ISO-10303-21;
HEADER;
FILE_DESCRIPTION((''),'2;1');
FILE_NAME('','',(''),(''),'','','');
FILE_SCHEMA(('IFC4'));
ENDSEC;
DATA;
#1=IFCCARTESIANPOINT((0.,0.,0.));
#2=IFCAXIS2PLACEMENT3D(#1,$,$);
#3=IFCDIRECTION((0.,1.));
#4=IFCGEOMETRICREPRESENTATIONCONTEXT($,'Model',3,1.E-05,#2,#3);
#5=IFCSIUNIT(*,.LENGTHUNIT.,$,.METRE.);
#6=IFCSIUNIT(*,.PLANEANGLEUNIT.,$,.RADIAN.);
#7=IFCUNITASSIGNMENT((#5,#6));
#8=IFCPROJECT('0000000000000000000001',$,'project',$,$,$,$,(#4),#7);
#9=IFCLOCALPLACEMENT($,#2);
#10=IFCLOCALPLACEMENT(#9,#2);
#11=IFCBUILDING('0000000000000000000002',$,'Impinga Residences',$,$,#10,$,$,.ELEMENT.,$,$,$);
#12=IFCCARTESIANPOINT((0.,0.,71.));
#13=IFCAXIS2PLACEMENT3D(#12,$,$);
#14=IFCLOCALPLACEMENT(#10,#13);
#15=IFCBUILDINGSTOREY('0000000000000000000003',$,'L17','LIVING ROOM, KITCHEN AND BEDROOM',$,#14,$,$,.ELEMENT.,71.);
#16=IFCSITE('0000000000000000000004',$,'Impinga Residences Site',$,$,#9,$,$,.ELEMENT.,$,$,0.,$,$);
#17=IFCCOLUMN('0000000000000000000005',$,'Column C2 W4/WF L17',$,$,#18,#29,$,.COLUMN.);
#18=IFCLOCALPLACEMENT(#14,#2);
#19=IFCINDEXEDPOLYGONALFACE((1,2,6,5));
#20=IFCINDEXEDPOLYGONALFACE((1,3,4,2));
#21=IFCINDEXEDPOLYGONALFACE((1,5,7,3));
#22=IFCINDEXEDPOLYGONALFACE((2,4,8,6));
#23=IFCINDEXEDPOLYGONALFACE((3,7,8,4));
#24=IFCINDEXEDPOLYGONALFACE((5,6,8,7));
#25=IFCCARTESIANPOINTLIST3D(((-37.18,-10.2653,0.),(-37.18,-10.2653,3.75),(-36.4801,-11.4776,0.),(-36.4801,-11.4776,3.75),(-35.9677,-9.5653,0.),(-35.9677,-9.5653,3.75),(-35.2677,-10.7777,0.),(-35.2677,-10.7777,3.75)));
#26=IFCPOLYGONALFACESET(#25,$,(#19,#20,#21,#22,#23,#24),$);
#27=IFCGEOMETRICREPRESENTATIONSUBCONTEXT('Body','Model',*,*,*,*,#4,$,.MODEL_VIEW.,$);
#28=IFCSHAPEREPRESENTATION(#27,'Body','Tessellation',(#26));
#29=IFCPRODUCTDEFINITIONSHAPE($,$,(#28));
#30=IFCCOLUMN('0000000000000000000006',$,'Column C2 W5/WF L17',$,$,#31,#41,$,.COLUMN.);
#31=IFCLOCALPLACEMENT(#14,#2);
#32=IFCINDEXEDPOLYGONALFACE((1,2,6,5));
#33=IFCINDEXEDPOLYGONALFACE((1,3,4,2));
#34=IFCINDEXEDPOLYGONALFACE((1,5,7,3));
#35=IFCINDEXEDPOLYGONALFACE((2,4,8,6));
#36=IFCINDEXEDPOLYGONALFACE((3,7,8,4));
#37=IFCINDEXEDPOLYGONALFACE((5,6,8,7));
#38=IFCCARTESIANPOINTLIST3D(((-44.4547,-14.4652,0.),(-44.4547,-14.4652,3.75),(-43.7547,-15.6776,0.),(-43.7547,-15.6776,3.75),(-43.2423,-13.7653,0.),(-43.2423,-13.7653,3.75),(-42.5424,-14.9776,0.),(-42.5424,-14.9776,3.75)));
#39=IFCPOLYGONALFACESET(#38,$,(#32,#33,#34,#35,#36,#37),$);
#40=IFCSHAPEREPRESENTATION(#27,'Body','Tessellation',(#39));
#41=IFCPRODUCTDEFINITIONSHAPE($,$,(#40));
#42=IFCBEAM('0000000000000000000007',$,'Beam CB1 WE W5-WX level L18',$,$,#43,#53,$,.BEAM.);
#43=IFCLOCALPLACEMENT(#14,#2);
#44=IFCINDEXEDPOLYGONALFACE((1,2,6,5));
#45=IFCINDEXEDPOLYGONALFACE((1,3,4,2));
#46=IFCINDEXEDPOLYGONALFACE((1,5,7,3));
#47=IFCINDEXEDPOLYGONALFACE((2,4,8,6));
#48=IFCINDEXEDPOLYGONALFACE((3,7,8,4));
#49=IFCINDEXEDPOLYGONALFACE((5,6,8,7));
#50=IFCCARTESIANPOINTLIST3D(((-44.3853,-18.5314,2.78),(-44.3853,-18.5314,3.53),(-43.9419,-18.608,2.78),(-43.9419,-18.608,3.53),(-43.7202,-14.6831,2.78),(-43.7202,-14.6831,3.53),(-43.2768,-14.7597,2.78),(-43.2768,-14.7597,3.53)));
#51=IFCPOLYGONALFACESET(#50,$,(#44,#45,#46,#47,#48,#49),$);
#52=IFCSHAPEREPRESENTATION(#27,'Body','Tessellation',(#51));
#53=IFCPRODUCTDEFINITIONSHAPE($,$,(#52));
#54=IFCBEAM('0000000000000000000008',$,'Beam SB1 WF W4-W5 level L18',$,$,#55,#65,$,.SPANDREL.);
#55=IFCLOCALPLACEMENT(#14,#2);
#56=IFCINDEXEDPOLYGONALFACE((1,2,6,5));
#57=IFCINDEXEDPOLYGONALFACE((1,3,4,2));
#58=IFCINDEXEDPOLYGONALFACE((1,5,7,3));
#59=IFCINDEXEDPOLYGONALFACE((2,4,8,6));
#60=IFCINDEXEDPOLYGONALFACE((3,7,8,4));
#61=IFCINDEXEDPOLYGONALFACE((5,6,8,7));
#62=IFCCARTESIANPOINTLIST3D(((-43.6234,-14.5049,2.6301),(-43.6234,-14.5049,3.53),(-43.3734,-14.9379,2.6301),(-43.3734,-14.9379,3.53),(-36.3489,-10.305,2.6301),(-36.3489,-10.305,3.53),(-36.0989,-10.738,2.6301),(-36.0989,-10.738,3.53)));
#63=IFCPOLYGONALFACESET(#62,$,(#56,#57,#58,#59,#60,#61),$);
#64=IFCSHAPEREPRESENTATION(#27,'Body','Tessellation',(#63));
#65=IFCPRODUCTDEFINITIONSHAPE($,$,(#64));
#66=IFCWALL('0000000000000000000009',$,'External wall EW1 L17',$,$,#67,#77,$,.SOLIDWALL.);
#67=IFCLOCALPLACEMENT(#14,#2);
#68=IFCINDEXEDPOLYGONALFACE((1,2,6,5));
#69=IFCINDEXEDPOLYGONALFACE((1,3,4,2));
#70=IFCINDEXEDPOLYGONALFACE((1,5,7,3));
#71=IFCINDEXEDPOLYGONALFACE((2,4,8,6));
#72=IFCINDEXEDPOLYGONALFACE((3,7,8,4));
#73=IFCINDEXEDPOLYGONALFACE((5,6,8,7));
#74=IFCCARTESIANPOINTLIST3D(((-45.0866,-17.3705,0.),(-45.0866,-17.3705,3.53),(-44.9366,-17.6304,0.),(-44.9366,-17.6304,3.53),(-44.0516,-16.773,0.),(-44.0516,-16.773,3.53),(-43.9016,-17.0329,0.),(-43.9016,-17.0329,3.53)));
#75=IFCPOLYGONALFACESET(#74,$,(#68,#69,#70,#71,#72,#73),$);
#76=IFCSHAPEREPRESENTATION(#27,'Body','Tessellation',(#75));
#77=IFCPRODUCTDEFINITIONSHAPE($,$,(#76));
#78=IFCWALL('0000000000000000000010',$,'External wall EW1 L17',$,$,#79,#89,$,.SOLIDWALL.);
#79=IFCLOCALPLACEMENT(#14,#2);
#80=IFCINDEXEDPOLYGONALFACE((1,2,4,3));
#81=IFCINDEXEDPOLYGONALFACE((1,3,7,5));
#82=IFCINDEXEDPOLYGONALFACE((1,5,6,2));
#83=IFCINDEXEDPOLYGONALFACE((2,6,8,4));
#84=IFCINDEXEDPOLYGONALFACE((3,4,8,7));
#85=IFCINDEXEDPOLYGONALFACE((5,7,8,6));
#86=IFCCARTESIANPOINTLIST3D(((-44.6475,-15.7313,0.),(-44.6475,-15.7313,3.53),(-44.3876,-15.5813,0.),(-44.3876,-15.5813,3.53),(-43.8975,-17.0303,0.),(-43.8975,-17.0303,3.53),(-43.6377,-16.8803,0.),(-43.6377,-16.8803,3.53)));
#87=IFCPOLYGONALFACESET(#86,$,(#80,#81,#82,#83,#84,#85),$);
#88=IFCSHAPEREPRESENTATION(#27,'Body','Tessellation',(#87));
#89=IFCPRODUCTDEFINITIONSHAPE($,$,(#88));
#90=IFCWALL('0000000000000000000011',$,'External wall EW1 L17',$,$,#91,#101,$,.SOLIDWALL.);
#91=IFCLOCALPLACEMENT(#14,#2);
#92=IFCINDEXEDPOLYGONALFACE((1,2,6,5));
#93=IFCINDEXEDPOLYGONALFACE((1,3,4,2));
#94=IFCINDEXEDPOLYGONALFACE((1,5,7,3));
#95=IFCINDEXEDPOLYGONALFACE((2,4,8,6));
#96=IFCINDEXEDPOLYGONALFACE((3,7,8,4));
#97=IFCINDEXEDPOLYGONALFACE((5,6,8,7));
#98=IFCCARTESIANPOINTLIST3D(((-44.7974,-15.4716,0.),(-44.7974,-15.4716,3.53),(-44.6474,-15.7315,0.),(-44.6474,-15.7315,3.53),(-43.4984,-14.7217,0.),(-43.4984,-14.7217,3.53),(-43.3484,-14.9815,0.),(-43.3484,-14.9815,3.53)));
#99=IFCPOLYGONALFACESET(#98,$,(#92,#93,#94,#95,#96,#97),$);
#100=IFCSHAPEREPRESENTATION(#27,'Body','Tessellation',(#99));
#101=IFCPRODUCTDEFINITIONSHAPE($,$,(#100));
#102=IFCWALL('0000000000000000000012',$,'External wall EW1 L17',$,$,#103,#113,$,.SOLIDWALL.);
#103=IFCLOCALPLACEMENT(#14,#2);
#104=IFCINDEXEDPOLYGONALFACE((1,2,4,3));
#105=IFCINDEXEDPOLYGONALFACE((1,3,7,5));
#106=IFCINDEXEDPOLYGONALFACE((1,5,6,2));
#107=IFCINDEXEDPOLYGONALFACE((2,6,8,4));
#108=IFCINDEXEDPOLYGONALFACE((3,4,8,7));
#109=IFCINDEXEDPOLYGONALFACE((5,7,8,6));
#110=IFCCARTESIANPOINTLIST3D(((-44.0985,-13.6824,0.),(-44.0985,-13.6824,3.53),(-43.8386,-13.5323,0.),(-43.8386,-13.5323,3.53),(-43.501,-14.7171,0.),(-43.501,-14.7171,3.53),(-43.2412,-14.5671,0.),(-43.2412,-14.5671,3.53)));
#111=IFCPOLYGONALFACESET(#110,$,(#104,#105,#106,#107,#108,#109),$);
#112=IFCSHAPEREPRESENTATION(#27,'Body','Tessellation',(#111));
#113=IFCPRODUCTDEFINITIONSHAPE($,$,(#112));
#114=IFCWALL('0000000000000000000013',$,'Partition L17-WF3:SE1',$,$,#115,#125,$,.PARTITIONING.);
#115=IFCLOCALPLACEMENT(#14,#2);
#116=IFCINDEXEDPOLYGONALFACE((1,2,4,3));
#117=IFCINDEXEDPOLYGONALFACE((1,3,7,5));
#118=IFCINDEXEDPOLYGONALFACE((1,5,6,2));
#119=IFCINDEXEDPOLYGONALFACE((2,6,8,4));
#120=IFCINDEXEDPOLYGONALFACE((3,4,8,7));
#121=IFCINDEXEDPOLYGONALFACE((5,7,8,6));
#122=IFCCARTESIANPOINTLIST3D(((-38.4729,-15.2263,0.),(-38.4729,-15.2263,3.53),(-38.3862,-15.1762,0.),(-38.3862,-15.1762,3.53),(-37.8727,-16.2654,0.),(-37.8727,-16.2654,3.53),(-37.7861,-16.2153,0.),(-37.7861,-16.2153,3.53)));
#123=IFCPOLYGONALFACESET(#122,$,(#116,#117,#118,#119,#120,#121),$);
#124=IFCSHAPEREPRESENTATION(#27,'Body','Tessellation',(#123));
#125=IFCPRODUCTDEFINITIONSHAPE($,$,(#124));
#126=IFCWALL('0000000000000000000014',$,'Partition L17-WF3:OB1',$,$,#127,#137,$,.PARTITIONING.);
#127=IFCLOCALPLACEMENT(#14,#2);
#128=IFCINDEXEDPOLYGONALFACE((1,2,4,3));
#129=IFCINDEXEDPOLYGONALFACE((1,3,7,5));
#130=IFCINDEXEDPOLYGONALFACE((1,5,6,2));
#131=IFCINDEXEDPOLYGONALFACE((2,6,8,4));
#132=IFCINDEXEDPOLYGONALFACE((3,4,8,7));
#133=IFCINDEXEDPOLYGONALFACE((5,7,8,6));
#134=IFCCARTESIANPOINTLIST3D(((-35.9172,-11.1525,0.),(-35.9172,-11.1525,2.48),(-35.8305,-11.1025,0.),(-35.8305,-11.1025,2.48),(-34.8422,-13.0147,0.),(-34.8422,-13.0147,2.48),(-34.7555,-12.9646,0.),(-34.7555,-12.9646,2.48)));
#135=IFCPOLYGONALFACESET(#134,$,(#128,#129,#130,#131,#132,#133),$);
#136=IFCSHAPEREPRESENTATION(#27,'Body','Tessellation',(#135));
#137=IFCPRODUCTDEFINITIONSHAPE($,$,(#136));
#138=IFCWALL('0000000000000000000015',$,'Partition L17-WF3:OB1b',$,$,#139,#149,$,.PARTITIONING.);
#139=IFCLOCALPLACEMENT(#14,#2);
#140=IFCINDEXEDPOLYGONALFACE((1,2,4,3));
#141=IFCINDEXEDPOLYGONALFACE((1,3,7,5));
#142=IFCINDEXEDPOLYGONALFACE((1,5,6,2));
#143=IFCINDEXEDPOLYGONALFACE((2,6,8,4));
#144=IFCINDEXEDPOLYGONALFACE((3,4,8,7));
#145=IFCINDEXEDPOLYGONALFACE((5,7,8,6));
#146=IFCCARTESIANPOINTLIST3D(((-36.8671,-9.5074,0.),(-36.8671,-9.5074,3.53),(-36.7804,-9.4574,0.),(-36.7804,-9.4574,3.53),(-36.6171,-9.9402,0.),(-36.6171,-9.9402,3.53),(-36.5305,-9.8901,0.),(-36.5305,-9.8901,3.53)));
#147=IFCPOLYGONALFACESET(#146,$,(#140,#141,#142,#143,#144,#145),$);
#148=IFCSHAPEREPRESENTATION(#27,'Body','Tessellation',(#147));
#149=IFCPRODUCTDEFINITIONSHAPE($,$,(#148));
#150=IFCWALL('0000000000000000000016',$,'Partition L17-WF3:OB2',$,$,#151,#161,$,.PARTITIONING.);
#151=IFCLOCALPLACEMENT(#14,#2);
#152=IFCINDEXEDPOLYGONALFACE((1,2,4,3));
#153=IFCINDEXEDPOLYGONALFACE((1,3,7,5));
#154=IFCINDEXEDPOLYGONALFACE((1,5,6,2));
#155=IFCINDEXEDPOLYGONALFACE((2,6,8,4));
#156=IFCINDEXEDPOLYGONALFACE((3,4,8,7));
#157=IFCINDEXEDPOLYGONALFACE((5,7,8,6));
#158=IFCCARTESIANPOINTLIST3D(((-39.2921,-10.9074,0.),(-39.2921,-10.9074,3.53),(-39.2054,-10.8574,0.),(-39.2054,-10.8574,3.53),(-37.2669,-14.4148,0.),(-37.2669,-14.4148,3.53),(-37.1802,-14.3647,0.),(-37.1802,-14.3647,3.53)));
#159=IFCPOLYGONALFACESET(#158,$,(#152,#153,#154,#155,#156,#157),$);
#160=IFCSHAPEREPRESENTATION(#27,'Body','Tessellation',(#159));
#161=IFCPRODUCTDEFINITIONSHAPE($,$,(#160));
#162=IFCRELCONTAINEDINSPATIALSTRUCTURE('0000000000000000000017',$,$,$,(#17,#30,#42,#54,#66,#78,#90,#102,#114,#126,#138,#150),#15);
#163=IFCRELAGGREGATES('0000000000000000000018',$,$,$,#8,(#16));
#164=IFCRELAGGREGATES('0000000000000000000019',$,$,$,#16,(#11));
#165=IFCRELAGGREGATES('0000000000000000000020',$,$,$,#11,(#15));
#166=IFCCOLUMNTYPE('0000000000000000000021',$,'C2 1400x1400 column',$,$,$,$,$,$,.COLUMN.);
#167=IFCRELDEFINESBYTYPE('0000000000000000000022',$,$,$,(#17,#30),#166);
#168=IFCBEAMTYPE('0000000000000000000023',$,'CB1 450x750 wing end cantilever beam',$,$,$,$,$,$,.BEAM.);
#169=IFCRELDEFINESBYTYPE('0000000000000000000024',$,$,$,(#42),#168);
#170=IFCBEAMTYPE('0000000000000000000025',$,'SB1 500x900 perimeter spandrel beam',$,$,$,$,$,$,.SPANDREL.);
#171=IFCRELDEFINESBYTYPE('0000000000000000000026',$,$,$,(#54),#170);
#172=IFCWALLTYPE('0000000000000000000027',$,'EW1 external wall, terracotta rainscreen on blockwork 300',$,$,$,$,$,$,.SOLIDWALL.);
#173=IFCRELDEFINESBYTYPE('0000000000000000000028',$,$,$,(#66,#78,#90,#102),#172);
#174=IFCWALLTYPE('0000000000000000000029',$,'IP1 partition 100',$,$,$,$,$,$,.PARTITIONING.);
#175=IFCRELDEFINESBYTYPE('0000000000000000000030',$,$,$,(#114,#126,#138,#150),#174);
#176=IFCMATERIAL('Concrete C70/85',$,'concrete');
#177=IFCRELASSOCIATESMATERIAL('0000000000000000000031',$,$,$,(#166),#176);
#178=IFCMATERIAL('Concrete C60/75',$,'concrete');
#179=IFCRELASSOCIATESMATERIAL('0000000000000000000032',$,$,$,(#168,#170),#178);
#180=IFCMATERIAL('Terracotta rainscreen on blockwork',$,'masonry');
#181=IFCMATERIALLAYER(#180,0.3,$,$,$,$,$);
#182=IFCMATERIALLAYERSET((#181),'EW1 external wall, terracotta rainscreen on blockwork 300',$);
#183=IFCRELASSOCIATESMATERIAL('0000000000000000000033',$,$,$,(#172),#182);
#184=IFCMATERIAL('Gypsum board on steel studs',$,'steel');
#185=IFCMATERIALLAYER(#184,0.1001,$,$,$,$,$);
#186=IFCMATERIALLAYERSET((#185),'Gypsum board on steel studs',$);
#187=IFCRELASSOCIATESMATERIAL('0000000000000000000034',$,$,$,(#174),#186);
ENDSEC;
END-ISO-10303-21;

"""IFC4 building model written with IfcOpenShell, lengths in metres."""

from ifc_helpers import new_model, si_unit, direction, frame, frame_2d, origin, origin_2d, place, context, subcontext, project, spatial, rectangle, extrude, material, layer, layer_set, material_profile, profile_set, type_object, element, save


model = new_model("IFC4")

# Units and contexts
model_context = context("Model", 3, precision=1e-05, world=origin(), true_north=direction((0.0, 1.0)))
body_context = subcontext(model_context, "Body", "Model", "MODEL_VIEW")
ifc_project = project(units=[si_unit("LENGTHUNIT", "METRE"), si_unit("PLANEANGLEUNIT", "RADIAN")], contexts=[model_context])

# Site, building, storey
site_placement = place(None, origin())
site = spatial("IfcSite", under=ifc_project, at=site_placement, Name="Impinga Residences Site", CompositionType="ELEMENT", RefElevation=0.0)
building_placement = place(site_placement, origin())
building = spatial("IfcBuilding", under=site, at=building_placement, Name="Impinga Residences", CompositionType="ELEMENT")
storey_placement = place(building_placement, frame((0.0, 0.0, 71.0)))
storey = spatial("IfcBuildingStorey", under=building, at=storey_placement, Name="L17", Description="LIVING ROOM, KITCHEN AND BEDROOM", CompositionType="ELEMENT", Elevation=71.0)

# Columns
ifc_material_1 = material(Name="Concrete C70/85", Category="concrete")
ifc_material_profile_1 = material_profile(ifc_material_1, rectangle(XDim=1.3999, YDim=1.3999, at=origin_2d()), Name="RC 1400x1400")
ifc_profile_set_1 = profile_set([ifc_material_profile_1], Name="Concrete C70/85")
column_type = type_object("IfcColumnType", Name="C2 1400x1400 column", PredefinedType="COLUMN", material=ifc_profile_set_1)
for number, where, z_axis, x_axis, name in (
    (1, (-36.2239, -10.5215, 0.0), (0.0, 0.0, 1.0), (-0.5, 0.866025, 0.0), "Column C2 W4/WF L17"),
    (2, (-43.4985, -14.7214, 0.0), (0.0, 0.0, 1.0), (-0.5, 0.866025, 0.0), "Column C2 W5/WF L17"),
):
    element("IfcColumn", number, at=place(storey_placement, frame(where, z_axis=z_axis, x_axis=x_axis)), inside=storey, type_object=column_type, Name=name, PredefinedType="COLUMN", context=body_context, shape_type="SweptSolid", body=[
        extrude(rectangle(XDim=1.3999, YDim=1.3999, at=origin_2d()), origin(), (0.0, 0.0, 1.0), 3.75),
    ])

# Beams
ifc_material_2 = material(Name="Concrete C60/75", Category="concrete")
ifc_material_profile_2 = material_profile(ifc_material_2, rectangle(XDim=0.45, YDim=0.75, at=origin_2d()), Name="RC 450x750")
ifc_profile_set_2 = profile_set([ifc_material_profile_2], Name="Concrete C60/75")
beam_type_1 = type_object("IfcBeamType", Name="CB1 450x750 wing end cantilever beam", PredefinedType="BEAM", material=ifc_profile_set_2)
beam_1_placement = place(storey_placement, frame((-43.4985, -14.7214, 3.155), z_axis=(-0.170296, -0.985393, 0.0), x_axis=(0.985393, -0.170296, 0.0)))
element("IfcBeam", 3, at=beam_1_placement, inside=storey, type_object=beam_type_1, Name="Beam CB1 WE W5-WX level L18", PredefinedType="BEAM", context=body_context, shape_type="SweptSolid", body=[
    extrude(rectangle(XDim=0.45, YDim=0.75, at=origin_2d()), origin(), (0.0, 0.0, 1.0), 3.9053),
])
ifc_material_profile_3 = material_profile(ifc_material_2, rectangle(XDim=0.5, YDim=0.8999, at=origin_2d()), Name="RC 500x900")
ifc_profile_set_3 = profile_set([ifc_material_profile_3], Name="Concrete C60/75")
beam_type_2 = type_object("IfcBeamType", Name="SB1 500x900 perimeter spandrel beam", PredefinedType="SPANDREL", material=ifc_profile_set_3)
beam_2_placement = place(storey_placement, frame((-36.2239, -10.5215, 3.0801), z_axis=(-0.866029, -0.499993, 0.0), x_axis=(0.499993, -0.866029, 0.0)))
element("IfcBeam", 4, at=beam_2_placement, inside=storey, type_object=beam_type_2, Name="Beam SB1 WF W4-W5 level L18", PredefinedType="SPANDREL", context=body_context, shape_type="SweptSolid", body=[
    extrude(rectangle(XDim=0.5, YDim=0.8999, at=origin_2d()), origin(), (0.0, 0.0, 1.0), 8.3999),
])

# Walls
ifc_material_3 = material(Name="Terracotta rainscreen on blockwork", Category="masonry")
ifc_layer_1 = layer(ifc_material_3, 0.3)
ifc_layer_set_1 = layer_set([ifc_layer_1], Name="EW1 external wall, terracotta rainscreen on blockwork 300")
wall_type_1 = type_object("IfcWallType", Name="EW1 external wall, terracotta rainscreen on blockwork 300", PredefinedType="SOLIDWALL", material=ifc_layer_set_1)
wall_1_placement = place(storey_placement, frame((-45.0117, -17.5005, 0.0), z_axis=(0.0, 0.0, 1.0), x_axis=(0.86606, 0.499941, 0.0)))
element("IfcWall", 5, at=wall_1_placement, inside=storey, type_object=wall_type_1, Name="External wall EW1 L17", PredefinedType="SOLIDWALL", context=body_context, shape_type="SweptSolid", body=[
    extrude(rectangle(XDim=1.1951, YDim=0.3, at=frame_2d((0.5977, 0.0))), origin(), (0.0, 0.0, 1.0), 3.53),
])
for number, where, z_axis, x_axis, name in (
    (6, (-43.7676, -16.9553, 0.0), (0.0, 0.0, 1.0), (-0.49999, 0.866031, 0.0), "External wall EW1 L17"),
    (7, (-44.7224, -15.6016, 0.0), (0.0, 0.0, 1.0), (0.866031, 0.49999, 0.0), "External wall EW1 L17"),
):
    element("IfcWall", number, at=place(storey_placement, frame(where, z_axis=z_axis, x_axis=x_axis)), inside=storey, type_object=wall_type_1, Name=name, PredefinedType="SOLIDWALL", context=body_context, shape_type="SweptSolid", body=[
        extrude(rectangle(XDim=1.5, YDim=0.3, at=frame_2d((0.75, 0.0))), origin(), (0.0, 0.0, 1.0), 3.53),
    ])
wall_2_placement = place(storey_placement, frame((-43.3711, -14.6421, 0.0), z_axis=(0.0, 0.0, 1.0), x_axis=(-0.500029, 0.866009, 0.0)))
element("IfcWall", 8, at=wall_2_placement, inside=storey, type_object=wall_type_1, Name="External wall EW1 L17", PredefinedType="SOLIDWALL", context=body_context, shape_type="SweptSolid", body=[
    extrude(rectangle(XDim=1.1948, YDim=0.3, at=frame_2d((0.5974, 0.0))), origin(), (0.0, 0.0, 1.0), 3.53),
])

# Walls
ifc_material_4 = material(Name="Gypsum board on steel studs", Category="steel")
ifc_layer_2 = layer(ifc_material_4, 0.1001)
ifc_layer_set_2 = layer_set([ifc_layer_2], Name="Gypsum board on steel studs")
wall_type_2 = type_object("IfcWallType", Name="IP1 partition 100", PredefinedType="PARTITIONING", material=ifc_layer_set_2)
wall_3_placement = place(storey_placement, frame((-37.8293, -16.2405, 0.0), z_axis=(0.0, 0.0, 1.0), x_axis=(-0.500122, 0.865955, 0.0)))
element("IfcWall", 9, at=wall_3_placement, inside=storey, type_object=wall_type_2, Name="Partition L17-WF3:SE1", PredefinedType="PARTITIONING", context=body_context, shape_type="SweptSolid", body=[
    extrude(rectangle(XDim=1.2, YDim=0.1001, at=frame_2d((0.6001, 0.0))), origin(), (0.0, 0.0, 1.0), 3.53),
])
wall_4_placement = place(storey_placement, frame((-34.7988, -12.9897, 0.0), z_axis=(0.0, 0.0, 1.0), x_axis=(-0.499962, 0.866048, 0.0)))
element("IfcWall", 10, at=wall_4_placement, inside=storey, type_object=wall_type_2, Name="Partition L17-WF3:OB1", PredefinedType="PARTITIONING", context=body_context, shape_type="SweptSolid", body=[
    extrude(rectangle(XDim=2.1501, YDim=0.1001, at=frame_2d((1.0752, 0.0))), origin(), (0.0, 0.0, 1.0), 2.48),
])
wall_5_placement = place(storey_placement, frame((-36.5737, -9.9153, 0.0), z_axis=(0.0, 0.0, 1.0), x_axis=(-0.500131, 0.86595, 0.0)))
element("IfcWall", 11, at=wall_5_placement, inside=storey, type_object=wall_type_2, Name="Partition L17-WF3:OB1b", PredefinedType="PARTITIONING", context=body_context, shape_type="SweptSolid", body=[
    extrude(rectangle(XDim=0.4998, YDim=0.1001, at=frame_2d((0.25, 0.0))), origin(), (0.0, 0.0, 1.0), 3.53),
])
wall_6_placement = place(storey_placement, frame((-37.2236, -14.3896, 0.0), z_axis=(0.0, 0.0, 1.0), x_axis=(-0.500036, 0.866005, 0.0)))
element("IfcWall", 12, at=wall_6_placement, inside=storey, type_object=wall_type_2, Name="Partition L17-WF3:OB2", PredefinedType="PARTITIONING", context=body_context, shape_type="SweptSolid", body=[
    extrude(rectangle(XDim=4.05, YDim=0.1001, at=frame_2d((2.0249, 0.0))), origin(), (0.0, 0.0, 1.0), 3.53),
])

save(model, "model.ifc")
